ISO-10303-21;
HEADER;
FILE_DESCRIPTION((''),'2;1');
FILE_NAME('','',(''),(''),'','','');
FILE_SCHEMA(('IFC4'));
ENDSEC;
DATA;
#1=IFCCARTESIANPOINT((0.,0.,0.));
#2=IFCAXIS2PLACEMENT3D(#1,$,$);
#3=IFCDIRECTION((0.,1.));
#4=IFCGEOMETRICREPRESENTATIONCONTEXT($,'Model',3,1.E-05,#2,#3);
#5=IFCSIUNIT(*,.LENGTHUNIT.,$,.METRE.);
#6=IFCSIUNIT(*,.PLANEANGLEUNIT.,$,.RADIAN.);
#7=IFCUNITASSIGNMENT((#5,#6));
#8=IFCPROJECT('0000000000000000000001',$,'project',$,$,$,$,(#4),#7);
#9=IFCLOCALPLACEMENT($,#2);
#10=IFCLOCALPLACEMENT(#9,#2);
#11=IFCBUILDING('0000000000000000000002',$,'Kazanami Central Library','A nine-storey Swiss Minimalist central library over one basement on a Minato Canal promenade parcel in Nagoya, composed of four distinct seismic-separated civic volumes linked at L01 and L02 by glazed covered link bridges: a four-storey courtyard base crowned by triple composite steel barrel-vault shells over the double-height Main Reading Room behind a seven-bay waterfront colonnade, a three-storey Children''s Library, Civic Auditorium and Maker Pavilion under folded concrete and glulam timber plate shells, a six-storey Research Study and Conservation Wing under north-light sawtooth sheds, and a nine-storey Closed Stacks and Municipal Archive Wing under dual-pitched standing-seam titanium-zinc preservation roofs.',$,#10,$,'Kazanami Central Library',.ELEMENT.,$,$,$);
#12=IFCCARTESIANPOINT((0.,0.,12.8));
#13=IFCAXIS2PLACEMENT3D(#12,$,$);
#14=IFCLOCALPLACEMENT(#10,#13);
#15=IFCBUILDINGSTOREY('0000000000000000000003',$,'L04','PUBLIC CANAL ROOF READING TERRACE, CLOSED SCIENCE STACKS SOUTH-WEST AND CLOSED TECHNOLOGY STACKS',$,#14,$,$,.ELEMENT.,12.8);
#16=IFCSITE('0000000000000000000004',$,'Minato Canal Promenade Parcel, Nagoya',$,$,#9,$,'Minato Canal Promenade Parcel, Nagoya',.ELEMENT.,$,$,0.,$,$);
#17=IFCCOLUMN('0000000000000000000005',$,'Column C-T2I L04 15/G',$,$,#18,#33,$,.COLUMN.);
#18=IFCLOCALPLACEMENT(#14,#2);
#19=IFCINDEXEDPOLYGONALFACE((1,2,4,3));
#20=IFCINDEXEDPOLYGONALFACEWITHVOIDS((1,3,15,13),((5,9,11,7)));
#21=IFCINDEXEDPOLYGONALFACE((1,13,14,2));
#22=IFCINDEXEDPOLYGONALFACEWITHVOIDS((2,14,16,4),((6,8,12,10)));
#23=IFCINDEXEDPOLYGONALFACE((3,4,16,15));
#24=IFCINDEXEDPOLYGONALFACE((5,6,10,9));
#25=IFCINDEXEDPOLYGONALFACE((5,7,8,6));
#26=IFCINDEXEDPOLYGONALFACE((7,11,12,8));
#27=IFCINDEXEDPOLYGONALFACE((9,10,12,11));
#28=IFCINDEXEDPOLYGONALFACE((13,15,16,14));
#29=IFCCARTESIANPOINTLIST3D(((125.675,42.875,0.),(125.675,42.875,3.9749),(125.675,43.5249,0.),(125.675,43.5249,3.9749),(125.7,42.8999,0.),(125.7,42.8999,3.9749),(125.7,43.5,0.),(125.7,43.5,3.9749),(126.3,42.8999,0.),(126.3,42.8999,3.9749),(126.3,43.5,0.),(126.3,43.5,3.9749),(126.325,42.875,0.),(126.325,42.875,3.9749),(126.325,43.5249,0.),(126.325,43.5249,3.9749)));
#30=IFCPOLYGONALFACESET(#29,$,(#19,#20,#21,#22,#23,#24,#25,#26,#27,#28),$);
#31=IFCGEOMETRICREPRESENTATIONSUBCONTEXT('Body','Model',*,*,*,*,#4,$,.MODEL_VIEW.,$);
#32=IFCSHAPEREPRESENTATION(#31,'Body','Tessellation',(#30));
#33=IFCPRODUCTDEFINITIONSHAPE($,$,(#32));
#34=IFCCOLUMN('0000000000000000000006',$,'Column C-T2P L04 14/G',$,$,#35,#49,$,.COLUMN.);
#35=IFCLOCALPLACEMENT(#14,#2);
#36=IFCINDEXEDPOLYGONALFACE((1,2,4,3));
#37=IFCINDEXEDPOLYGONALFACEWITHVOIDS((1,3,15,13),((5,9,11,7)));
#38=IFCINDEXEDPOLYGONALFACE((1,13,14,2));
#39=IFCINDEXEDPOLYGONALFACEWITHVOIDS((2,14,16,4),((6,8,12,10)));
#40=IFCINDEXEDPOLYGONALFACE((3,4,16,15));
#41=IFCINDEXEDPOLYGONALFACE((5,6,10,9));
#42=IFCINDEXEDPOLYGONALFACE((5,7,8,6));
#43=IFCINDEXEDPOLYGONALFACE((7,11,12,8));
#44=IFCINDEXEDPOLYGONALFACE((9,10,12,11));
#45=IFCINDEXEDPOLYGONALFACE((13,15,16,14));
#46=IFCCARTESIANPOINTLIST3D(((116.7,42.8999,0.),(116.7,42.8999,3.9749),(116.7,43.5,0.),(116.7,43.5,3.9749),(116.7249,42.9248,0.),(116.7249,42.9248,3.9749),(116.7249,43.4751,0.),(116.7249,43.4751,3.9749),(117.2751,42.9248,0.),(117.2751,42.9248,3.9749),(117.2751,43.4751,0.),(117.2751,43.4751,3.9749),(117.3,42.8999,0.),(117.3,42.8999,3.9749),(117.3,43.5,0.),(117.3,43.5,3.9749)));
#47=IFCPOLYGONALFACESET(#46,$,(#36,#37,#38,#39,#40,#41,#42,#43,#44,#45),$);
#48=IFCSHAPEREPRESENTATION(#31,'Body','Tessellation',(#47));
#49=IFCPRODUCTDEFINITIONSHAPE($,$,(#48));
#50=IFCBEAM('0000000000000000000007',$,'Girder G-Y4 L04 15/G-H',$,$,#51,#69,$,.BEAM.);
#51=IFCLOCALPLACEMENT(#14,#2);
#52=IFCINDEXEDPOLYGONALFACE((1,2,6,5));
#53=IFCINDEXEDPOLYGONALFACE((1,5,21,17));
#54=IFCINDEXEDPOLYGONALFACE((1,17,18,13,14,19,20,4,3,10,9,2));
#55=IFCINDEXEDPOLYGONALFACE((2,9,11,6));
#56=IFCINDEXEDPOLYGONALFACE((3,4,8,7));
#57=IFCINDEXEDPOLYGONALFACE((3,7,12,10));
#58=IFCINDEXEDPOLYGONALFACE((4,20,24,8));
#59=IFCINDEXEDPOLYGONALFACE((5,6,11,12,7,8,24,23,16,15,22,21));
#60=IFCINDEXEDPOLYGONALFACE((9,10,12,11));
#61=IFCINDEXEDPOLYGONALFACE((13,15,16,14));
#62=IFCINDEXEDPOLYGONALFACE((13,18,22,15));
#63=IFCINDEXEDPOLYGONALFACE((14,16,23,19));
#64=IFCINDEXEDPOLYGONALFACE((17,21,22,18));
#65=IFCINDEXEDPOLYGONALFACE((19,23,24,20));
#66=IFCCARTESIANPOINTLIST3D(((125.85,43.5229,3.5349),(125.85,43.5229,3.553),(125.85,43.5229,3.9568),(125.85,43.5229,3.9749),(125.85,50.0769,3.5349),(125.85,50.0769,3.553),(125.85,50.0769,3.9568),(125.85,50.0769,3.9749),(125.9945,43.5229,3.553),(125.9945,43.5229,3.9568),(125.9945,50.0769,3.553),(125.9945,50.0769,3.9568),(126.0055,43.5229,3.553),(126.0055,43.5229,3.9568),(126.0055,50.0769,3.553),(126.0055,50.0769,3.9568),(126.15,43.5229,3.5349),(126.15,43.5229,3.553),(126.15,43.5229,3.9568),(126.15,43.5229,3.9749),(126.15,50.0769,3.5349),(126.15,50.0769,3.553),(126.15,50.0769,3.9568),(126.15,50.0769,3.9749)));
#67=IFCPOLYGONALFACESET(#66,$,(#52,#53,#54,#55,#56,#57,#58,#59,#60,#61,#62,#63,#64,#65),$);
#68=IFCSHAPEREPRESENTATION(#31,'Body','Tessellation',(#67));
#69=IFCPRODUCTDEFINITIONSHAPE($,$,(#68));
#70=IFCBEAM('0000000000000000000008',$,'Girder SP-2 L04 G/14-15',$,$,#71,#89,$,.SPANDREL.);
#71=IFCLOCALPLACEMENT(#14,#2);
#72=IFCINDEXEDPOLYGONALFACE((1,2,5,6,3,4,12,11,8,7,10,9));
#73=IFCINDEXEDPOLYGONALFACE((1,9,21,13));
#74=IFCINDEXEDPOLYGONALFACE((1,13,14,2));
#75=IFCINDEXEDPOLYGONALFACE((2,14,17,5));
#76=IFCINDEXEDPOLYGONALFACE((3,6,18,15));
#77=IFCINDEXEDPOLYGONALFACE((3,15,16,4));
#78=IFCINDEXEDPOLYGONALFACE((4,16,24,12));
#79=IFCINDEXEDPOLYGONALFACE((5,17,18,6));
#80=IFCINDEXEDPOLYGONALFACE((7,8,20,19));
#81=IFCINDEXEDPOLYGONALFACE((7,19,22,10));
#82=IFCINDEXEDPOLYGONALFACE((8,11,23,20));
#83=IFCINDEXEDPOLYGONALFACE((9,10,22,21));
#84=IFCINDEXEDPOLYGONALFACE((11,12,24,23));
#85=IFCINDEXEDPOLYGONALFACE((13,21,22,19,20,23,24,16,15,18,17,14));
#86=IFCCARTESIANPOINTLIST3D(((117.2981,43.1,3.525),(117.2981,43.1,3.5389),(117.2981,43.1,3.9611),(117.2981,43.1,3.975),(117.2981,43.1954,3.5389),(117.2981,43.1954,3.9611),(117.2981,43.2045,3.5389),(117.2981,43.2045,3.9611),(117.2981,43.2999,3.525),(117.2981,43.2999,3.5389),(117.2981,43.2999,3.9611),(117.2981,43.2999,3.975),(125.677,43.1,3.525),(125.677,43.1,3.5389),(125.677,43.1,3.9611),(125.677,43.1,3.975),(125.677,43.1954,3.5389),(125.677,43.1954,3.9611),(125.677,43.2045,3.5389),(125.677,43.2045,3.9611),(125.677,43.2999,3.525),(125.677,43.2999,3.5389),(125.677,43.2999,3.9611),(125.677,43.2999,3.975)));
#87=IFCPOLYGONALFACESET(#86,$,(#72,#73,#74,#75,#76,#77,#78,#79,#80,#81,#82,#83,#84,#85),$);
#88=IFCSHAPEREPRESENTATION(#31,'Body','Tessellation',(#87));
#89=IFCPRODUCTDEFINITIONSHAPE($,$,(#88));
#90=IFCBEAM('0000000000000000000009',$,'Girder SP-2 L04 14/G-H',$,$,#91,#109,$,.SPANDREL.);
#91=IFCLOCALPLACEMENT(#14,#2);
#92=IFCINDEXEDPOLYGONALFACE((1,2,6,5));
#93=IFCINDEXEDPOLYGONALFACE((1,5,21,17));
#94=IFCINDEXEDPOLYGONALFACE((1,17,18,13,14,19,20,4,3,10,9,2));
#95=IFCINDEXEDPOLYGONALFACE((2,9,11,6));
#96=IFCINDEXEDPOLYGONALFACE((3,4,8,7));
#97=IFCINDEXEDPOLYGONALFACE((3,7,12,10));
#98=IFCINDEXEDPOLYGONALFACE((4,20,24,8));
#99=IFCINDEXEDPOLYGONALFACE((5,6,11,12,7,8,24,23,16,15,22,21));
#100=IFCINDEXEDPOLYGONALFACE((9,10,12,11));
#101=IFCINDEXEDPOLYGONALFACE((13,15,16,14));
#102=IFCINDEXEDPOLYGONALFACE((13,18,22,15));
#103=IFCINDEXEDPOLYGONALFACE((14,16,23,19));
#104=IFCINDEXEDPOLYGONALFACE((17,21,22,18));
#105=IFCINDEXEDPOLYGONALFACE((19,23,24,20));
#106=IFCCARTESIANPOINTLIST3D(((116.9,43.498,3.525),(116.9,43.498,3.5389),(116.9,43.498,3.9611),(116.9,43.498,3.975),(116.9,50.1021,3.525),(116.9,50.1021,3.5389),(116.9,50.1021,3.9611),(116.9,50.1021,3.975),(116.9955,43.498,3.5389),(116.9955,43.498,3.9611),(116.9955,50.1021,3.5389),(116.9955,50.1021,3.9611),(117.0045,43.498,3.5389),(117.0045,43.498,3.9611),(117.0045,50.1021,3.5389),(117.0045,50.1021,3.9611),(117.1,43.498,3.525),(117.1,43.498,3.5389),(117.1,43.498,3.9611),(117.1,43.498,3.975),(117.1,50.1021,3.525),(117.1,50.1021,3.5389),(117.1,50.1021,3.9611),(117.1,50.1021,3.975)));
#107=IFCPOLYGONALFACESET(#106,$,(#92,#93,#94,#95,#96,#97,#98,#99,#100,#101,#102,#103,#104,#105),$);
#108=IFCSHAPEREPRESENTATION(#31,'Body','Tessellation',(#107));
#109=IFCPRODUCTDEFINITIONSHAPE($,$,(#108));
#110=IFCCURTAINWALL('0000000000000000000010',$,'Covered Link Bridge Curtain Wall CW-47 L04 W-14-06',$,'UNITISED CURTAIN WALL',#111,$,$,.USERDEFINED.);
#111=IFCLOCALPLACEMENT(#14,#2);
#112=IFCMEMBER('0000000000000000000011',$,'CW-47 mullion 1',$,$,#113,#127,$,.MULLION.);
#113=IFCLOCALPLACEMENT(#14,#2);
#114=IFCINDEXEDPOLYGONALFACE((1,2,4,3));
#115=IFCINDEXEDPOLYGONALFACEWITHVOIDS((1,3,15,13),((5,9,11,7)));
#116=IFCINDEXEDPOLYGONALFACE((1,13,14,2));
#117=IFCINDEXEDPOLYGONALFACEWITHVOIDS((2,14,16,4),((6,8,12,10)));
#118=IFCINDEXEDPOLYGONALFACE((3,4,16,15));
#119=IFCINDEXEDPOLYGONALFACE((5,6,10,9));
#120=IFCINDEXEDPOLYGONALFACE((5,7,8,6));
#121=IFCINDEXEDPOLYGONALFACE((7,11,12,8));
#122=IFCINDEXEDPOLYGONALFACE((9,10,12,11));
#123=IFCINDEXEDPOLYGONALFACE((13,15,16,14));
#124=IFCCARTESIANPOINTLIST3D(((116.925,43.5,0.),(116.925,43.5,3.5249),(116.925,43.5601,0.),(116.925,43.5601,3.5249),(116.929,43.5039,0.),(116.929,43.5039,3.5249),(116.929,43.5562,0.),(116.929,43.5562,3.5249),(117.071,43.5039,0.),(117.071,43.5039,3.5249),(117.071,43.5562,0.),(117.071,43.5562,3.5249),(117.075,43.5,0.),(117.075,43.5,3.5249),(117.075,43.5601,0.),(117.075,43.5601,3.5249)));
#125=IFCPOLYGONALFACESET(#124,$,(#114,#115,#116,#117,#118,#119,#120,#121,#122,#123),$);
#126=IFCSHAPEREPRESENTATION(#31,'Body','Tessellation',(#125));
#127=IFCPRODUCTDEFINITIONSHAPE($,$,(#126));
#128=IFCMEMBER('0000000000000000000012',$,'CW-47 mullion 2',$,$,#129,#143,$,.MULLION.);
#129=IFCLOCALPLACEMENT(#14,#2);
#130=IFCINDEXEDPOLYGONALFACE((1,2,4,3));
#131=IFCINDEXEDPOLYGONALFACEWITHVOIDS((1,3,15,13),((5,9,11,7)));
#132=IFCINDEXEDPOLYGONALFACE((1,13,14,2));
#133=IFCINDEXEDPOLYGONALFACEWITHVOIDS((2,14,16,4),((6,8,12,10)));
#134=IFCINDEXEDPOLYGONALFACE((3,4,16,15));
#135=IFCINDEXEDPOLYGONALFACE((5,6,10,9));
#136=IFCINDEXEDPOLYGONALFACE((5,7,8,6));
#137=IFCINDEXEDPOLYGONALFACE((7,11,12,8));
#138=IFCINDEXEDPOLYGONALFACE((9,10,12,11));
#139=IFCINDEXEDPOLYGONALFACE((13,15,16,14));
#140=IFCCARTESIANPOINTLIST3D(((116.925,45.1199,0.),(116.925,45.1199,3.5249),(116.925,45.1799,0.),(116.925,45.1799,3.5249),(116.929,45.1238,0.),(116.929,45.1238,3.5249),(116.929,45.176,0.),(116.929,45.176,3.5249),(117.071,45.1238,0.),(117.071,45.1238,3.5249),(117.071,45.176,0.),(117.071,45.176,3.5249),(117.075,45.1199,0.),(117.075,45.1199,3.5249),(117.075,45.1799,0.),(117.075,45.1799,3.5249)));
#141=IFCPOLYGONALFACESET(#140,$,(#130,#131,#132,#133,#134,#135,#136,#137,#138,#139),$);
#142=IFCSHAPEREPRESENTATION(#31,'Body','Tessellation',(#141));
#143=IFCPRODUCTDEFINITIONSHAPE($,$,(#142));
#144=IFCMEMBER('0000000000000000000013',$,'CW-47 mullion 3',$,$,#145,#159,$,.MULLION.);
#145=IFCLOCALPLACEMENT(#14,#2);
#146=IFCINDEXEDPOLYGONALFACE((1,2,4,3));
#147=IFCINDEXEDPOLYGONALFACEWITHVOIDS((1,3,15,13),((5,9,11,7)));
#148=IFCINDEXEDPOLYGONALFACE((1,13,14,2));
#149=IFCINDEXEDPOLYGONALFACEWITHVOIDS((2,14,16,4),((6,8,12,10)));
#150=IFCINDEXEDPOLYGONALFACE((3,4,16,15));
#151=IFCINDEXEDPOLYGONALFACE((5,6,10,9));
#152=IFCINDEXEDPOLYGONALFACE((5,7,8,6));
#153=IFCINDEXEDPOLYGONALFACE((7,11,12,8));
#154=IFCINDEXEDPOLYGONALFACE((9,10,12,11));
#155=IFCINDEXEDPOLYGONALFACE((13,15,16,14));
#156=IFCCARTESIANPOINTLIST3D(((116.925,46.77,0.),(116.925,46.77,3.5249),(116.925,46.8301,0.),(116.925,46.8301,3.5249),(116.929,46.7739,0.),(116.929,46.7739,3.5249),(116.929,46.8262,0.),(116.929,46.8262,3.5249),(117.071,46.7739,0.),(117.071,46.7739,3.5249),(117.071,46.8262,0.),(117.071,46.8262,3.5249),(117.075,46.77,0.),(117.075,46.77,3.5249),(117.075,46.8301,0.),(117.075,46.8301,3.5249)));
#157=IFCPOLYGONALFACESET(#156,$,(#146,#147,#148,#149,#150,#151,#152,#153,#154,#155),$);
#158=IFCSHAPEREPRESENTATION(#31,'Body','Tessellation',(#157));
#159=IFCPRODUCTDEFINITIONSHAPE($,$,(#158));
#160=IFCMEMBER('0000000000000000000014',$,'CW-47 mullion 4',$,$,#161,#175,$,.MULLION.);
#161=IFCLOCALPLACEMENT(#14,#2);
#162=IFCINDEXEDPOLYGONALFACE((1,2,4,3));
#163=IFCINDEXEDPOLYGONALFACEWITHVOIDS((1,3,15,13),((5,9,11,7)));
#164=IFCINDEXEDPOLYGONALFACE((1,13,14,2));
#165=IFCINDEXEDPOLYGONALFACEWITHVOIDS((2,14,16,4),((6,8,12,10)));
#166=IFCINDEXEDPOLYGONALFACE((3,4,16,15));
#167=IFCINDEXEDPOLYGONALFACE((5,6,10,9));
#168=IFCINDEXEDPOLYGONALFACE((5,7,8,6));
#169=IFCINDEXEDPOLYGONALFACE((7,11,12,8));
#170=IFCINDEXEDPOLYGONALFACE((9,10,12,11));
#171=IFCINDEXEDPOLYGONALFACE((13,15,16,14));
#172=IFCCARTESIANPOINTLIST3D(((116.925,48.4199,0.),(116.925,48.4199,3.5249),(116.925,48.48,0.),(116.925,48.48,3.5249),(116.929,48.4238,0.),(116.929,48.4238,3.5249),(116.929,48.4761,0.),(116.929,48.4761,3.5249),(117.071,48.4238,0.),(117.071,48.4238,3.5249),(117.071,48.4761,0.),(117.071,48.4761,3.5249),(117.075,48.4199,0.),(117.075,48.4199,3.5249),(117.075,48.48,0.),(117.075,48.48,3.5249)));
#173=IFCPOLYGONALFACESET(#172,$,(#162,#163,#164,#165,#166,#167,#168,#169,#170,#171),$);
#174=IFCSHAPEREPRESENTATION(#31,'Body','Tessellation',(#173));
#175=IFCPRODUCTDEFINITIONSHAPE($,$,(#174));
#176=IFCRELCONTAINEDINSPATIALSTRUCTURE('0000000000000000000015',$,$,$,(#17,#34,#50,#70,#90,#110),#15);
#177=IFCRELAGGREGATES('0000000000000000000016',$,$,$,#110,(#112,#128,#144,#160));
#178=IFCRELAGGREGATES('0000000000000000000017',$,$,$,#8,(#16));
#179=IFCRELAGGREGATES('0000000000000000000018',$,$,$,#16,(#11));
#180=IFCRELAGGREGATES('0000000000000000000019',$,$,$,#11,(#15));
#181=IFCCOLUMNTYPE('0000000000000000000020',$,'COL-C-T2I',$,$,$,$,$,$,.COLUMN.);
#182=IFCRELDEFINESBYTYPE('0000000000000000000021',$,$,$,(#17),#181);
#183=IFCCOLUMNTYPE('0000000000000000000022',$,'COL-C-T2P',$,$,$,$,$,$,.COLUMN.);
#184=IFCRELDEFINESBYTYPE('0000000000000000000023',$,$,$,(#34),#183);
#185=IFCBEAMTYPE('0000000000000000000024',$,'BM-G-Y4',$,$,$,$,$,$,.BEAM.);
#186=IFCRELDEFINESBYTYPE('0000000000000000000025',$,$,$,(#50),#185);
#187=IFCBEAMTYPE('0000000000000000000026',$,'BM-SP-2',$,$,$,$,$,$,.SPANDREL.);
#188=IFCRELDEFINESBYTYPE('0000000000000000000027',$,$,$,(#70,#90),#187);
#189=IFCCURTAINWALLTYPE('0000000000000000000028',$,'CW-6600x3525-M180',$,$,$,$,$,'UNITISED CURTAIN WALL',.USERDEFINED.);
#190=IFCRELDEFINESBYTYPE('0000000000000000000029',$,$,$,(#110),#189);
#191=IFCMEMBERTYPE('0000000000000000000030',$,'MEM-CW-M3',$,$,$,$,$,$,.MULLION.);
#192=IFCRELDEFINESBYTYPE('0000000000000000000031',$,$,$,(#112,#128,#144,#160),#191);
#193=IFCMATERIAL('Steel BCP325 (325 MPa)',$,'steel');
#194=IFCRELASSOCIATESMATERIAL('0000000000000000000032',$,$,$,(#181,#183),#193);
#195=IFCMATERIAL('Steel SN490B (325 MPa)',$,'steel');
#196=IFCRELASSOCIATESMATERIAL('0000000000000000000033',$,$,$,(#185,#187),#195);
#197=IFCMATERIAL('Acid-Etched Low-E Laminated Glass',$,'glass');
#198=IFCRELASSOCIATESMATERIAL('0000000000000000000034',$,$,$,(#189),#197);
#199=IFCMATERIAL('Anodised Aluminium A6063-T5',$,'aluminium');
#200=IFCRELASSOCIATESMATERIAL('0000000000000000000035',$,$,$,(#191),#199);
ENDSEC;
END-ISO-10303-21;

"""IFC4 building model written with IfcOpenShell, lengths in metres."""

from ifc_helpers import new_model, si_unit, direction, frame, origin, origin_2d, place, context, subcontext, project, spatial, hollow_rectangle, i_section, extrude, material, material_profile, profile_set, type_object, element, aggregate, save


model = new_model("IFC4")

# Units and contexts
model_context = context("Model", 3, precision=1e-05, world=origin(), true_north=direction((0.0, 1.0)))
body_context = subcontext(model_context, "Body", "Model", "MODEL_VIEW")
ifc_project = project(units=[si_unit("LENGTHUNIT", "METRE"), si_unit("PLANEANGLEUNIT", "RADIAN")], contexts=[model_context])

# Site, building, storey
site_placement = place(None, origin())
site = spatial("IfcSite", under=ifc_project, at=site_placement, Name="Minato Canal Promenade Parcel, Nagoya", LongName="Minato Canal Promenade Parcel, Nagoya", CompositionType="ELEMENT", RefElevation=0.0)
building_placement = place(site_placement, origin())
building = spatial("IfcBuilding", under=site, at=building_placement, Name="Kazanami Central Library", Description="A nine-storey Swiss Minimalist central library over one basement on a Minato Canal promenade parcel in Nagoya, composed of four distinct seismic-separated civic volumes linked at L01 and L02 by glazed covered link bridges: a four-storey courtyard base crowned by triple composite steel barrel-vault shells over the double-height Main Reading Room behind a seven-bay waterfront colonnade, a three-storey Children's Library, Civic Auditorium and Maker Pavilion under folded concrete and glulam timber plate shells, a six-storey Research Study and Conservation Wing under north-light sawtooth sheds, and a nine-storey Closed Stacks and Municipal Archive Wing under dual-pitched standing-seam titanium-zinc preservation roofs.", LongName="Kazanami Central Library", CompositionType="ELEMENT")
storey_placement = place(building_placement, frame((0.0, 0.0, 12.8)))
storey = spatial("IfcBuildingStorey", under=building, at=storey_placement, Name="L04", Description="PUBLIC CANAL ROOF READING TERRACE, CLOSED SCIENCE STACKS SOUTH-WEST AND CLOSED TECHNOLOGY STACKS", CompositionType="ELEMENT", Elevation=12.8)

# Columns
ifc_material_1 = material(Name="Steel BCP325 (325 MPa)", Category="steel")
ifc_material_profile_1 = material_profile(ifc_material_1, hollow_rectangle(XDim=0.6499, YDim=0.6499, WallThickness=0.0249, at=origin_2d()), Name="BCP-650x650x25")
ifc_profile_set_1 = profile_set([ifc_material_profile_1], Name="Steel BCP325 (325 MPa)")
column_type_1 = type_object("IfcColumnType", Name="COL-C-T2I", PredefinedType="COLUMN", material=ifc_profile_set_1)
column_1_placement = place(storey_placement, frame((126.0, 43.2, 0.0), z_axis=(0.0, 0.0, 1.0), x_axis=(1.0, 0.0, 0.0)))
element("IfcColumn", 1, at=column_1_placement, inside=storey, type_object=column_type_1, Name="Column C-T2I L04 15/G", PredefinedType="COLUMN", context=body_context, shape_type="SweptSolid", body=[
    extrude(hollow_rectangle(XDim=0.6499, YDim=0.6499, WallThickness=0.0249, at=origin_2d()), origin(), (0.0, 0.0, 1.0), 3.9749),
])
ifc_material_profile_2 = material_profile(ifc_material_1, hollow_rectangle(XDim=0.6001, YDim=0.6001, WallThickness=0.0249, at=origin_2d()), Name="BCP-600x600x25")
ifc_profile_set_2 = profile_set([ifc_material_profile_2], Name="Steel BCP325 (325 MPa)")
column_type_2 = type_object("IfcColumnType", Name="COL-C-T2P", PredefinedType="COLUMN", material=ifc_profile_set_2)
column_2_placement = place(storey_placement, frame((117.0, 43.2, 0.0), z_axis=(0.0, 0.0, 1.0), x_axis=(1.0, 0.0, 0.0)))
element("IfcColumn", 2, at=column_2_placement, inside=storey, type_object=column_type_2, Name="Column C-T2P L04 14/G", PredefinedType="COLUMN", context=body_context, shape_type="SweptSolid", body=[
    extrude(hollow_rectangle(XDim=0.6001, YDim=0.6001, WallThickness=0.0249, at=origin_2d()), origin(), (0.0, 0.0, 1.0), 3.9749),
])

# Beams
ifc_material_2 = material(Name="Steel SN490B (325 MPa)", Category="steel")
ifc_material_profile_3 = material_profile(ifc_material_2, i_section(OverallWidth=0.3, OverallDepth=0.4399, WebThickness=0.011, FlangeThickness=0.0181, at=origin_2d()), Name="H-440x300x11x18")
ifc_profile_set_3 = profile_set([ifc_material_profile_3], Name="Steel SN490B (325 MPa)")
beam_type_1 = type_object("IfcBeamType", Name="BM-G-Y4", PredefinedType="BEAM", material=ifc_profile_set_3)
beam_1_placement = place(storey_placement, frame((126.0, 43.5229, 3.7549), z_axis=(0.0, 1.0, 0.0), x_axis=(-1.0, 0.0, 0.0)))
element("IfcBeam", 3, at=beam_1_placement, inside=storey, type_object=beam_type_1, Name="Girder G-Y4 L04 15/G-H", PredefinedType="BEAM", context=body_context, shape_type="SweptSolid", body=[
    extrude(i_section(OverallWidth=0.3, OverallDepth=0.4399, WebThickness=0.011, FlangeThickness=0.0181, at=origin_2d()), origin(), (0.0, 0.0, 1.0), 6.554),
])
ifc_material_profile_4 = material_profile(ifc_material_2, i_section(OverallWidth=0.2, OverallDepth=0.45, WebThickness=0.009, FlangeThickness=0.0139, at=origin_2d()), Name="H-450x200x9x14")
ifc_profile_set_4 = profile_set([ifc_material_profile_4], Name="Steel SN490B (325 MPa)")
beam_type_2 = type_object("IfcBeamType", Name="BM-SP-2", PredefinedType="SPANDREL", material=ifc_profile_set_4)
beam_2_placement = place(storey_placement, frame((117.2981, 43.2, 3.75), z_axis=(1.0, 0.0, 0.0), x_axis=(0.0, 1.0, 0.0)))
element("IfcBeam", 4, at=beam_2_placement, inside=storey, type_object=beam_type_2, Name="Girder SP-2 L04 G/14-15", PredefinedType="SPANDREL", context=body_context, shape_type="SweptSolid", body=[
    extrude(i_section(OverallWidth=0.2, OverallDepth=0.45, WebThickness=0.009, FlangeThickness=0.0139, at=origin_2d()), origin(), (0.0, 0.0, 1.0), 8.3789),
])
beam_3_placement = place(storey_placement, frame((117.0, 43.498, 3.75), z_axis=(0.0, 1.0, 0.0), x_axis=(-1.0, 0.0, 0.0)))
element("IfcBeam", 5, at=beam_3_placement, inside=storey, type_object=beam_type_2, Name="Girder SP-2 L04 14/G-H", PredefinedType="SPANDREL", context=body_context, shape_type="SweptSolid", body=[
    extrude(i_section(OverallWidth=0.2, OverallDepth=0.45, WebThickness=0.009, FlangeThickness=0.0139, at=origin_2d()), origin(), (0.0, 0.0, 1.0), 6.604),
])

# Curtain wall, members
ifc_material_3 = material(Name="Acid-Etched Low-E Laminated Glass", Category="glass")
curtain_wall_type = type_object("IfcCurtainWallType", Name="CW-6600x3525-M180", ElementType="UNITISED CURTAIN WALL", PredefinedType="USERDEFINED", material=ifc_material_3)
curtain_wall_placement = place(storey_placement, origin())
curtain_wall = element("IfcCurtainWall", 6, at=curtain_wall_placement, inside=storey, type_object=curtain_wall_type, Name="Covered Link Bridge Curtain Wall CW-47 L04 W-14-06", ObjectType="UNITISED CURTAIN WALL", PredefinedType="USERDEFINED")
ifc_material_4 = material(Name="Anodised Aluminium A6063-T5", Category="aluminium")
ifc_material_profile_5 = material_profile(ifc_material_4, hollow_rectangle(XDim=0.0601, YDim=0.1499, WallThickness=0.0039, at=origin_2d()), Name="ALU-MULL-60x150x4")
ifc_profile_set_5 = profile_set([ifc_material_profile_5], Name="Anodised Aluminium A6063-T5")
member_type_1 = type_object("IfcMemberType", Name="MEM-CW-M3", PredefinedType="MULLION", material=ifc_profile_set_5)
member_1_placement = place(storey_placement, frame((117.0, 43.53, 0.0), z_axis=(0.0, 0.0, 1.0), x_axis=(0.0, 1.0, 0.0)))
member_1 = element("IfcMember", 7, at=member_1_placement, type_object=member_type_1, Name="CW-47 mullion 1", PredefinedType="MULLION", context=body_context, shape_type="SweptSolid", body=[
    extrude(hollow_rectangle(XDim=0.0601, YDim=0.1499, WallThickness=0.0039, at=origin_2d()), origin(), (0.0, 0.0, 1.0), 3.5249),
])
member_2_placement = place(storey_placement, frame((117.0, 45.1499, 0.0), z_axis=(0.0, 0.0, 1.0), x_axis=(0.0, 1.0, 0.0)))
member_2 = element("IfcMember", 8, at=member_2_placement, type_object=member_type_1, Name="CW-47 mullion 2", PredefinedType="MULLION", context=body_context, shape_type="SweptSolid", body=[
    extrude(hollow_rectangle(XDim=0.0601, YDim=0.1499, WallThickness=0.0039, at=origin_2d()), origin(), (0.0, 0.0, 1.0), 3.5249),
])
member_3_placement = place(storey_placement, frame((117.0, 46.8, 0.0), z_axis=(0.0, 0.0, 1.0), x_axis=(0.0, 1.0, 0.0)))
member_3 = element("IfcMember", 9, at=member_3_placement, type_object=member_type_1, Name="CW-47 mullion 3", PredefinedType="MULLION", context=body_context, shape_type="SweptSolid", body=[
    extrude(hollow_rectangle(XDim=0.0601, YDim=0.1499, WallThickness=0.0039, at=origin_2d()), origin(), (0.0, 0.0, 1.0), 3.5249),
])
member_4_placement = place(storey_placement, frame((117.0, 48.45, 0.0), z_axis=(0.0, 0.0, 1.0), x_axis=(0.0, 1.0, 0.0)))
member_4 = element("IfcMember", 10, at=member_4_placement, type_object=member_type_1, Name="CW-47 mullion 4", PredefinedType="MULLION", context=body_context, shape_type="SweptSolid", body=[
    extrude(hollow_rectangle(XDim=0.0601, YDim=0.1499, WallThickness=0.0039, at=origin_2d()), origin(), (0.0, 0.0, 1.0), 3.5249),
])
aggregate(curtain_wall, [member_1, member_2, member_3, member_4])

save(model, "model.ifc")
